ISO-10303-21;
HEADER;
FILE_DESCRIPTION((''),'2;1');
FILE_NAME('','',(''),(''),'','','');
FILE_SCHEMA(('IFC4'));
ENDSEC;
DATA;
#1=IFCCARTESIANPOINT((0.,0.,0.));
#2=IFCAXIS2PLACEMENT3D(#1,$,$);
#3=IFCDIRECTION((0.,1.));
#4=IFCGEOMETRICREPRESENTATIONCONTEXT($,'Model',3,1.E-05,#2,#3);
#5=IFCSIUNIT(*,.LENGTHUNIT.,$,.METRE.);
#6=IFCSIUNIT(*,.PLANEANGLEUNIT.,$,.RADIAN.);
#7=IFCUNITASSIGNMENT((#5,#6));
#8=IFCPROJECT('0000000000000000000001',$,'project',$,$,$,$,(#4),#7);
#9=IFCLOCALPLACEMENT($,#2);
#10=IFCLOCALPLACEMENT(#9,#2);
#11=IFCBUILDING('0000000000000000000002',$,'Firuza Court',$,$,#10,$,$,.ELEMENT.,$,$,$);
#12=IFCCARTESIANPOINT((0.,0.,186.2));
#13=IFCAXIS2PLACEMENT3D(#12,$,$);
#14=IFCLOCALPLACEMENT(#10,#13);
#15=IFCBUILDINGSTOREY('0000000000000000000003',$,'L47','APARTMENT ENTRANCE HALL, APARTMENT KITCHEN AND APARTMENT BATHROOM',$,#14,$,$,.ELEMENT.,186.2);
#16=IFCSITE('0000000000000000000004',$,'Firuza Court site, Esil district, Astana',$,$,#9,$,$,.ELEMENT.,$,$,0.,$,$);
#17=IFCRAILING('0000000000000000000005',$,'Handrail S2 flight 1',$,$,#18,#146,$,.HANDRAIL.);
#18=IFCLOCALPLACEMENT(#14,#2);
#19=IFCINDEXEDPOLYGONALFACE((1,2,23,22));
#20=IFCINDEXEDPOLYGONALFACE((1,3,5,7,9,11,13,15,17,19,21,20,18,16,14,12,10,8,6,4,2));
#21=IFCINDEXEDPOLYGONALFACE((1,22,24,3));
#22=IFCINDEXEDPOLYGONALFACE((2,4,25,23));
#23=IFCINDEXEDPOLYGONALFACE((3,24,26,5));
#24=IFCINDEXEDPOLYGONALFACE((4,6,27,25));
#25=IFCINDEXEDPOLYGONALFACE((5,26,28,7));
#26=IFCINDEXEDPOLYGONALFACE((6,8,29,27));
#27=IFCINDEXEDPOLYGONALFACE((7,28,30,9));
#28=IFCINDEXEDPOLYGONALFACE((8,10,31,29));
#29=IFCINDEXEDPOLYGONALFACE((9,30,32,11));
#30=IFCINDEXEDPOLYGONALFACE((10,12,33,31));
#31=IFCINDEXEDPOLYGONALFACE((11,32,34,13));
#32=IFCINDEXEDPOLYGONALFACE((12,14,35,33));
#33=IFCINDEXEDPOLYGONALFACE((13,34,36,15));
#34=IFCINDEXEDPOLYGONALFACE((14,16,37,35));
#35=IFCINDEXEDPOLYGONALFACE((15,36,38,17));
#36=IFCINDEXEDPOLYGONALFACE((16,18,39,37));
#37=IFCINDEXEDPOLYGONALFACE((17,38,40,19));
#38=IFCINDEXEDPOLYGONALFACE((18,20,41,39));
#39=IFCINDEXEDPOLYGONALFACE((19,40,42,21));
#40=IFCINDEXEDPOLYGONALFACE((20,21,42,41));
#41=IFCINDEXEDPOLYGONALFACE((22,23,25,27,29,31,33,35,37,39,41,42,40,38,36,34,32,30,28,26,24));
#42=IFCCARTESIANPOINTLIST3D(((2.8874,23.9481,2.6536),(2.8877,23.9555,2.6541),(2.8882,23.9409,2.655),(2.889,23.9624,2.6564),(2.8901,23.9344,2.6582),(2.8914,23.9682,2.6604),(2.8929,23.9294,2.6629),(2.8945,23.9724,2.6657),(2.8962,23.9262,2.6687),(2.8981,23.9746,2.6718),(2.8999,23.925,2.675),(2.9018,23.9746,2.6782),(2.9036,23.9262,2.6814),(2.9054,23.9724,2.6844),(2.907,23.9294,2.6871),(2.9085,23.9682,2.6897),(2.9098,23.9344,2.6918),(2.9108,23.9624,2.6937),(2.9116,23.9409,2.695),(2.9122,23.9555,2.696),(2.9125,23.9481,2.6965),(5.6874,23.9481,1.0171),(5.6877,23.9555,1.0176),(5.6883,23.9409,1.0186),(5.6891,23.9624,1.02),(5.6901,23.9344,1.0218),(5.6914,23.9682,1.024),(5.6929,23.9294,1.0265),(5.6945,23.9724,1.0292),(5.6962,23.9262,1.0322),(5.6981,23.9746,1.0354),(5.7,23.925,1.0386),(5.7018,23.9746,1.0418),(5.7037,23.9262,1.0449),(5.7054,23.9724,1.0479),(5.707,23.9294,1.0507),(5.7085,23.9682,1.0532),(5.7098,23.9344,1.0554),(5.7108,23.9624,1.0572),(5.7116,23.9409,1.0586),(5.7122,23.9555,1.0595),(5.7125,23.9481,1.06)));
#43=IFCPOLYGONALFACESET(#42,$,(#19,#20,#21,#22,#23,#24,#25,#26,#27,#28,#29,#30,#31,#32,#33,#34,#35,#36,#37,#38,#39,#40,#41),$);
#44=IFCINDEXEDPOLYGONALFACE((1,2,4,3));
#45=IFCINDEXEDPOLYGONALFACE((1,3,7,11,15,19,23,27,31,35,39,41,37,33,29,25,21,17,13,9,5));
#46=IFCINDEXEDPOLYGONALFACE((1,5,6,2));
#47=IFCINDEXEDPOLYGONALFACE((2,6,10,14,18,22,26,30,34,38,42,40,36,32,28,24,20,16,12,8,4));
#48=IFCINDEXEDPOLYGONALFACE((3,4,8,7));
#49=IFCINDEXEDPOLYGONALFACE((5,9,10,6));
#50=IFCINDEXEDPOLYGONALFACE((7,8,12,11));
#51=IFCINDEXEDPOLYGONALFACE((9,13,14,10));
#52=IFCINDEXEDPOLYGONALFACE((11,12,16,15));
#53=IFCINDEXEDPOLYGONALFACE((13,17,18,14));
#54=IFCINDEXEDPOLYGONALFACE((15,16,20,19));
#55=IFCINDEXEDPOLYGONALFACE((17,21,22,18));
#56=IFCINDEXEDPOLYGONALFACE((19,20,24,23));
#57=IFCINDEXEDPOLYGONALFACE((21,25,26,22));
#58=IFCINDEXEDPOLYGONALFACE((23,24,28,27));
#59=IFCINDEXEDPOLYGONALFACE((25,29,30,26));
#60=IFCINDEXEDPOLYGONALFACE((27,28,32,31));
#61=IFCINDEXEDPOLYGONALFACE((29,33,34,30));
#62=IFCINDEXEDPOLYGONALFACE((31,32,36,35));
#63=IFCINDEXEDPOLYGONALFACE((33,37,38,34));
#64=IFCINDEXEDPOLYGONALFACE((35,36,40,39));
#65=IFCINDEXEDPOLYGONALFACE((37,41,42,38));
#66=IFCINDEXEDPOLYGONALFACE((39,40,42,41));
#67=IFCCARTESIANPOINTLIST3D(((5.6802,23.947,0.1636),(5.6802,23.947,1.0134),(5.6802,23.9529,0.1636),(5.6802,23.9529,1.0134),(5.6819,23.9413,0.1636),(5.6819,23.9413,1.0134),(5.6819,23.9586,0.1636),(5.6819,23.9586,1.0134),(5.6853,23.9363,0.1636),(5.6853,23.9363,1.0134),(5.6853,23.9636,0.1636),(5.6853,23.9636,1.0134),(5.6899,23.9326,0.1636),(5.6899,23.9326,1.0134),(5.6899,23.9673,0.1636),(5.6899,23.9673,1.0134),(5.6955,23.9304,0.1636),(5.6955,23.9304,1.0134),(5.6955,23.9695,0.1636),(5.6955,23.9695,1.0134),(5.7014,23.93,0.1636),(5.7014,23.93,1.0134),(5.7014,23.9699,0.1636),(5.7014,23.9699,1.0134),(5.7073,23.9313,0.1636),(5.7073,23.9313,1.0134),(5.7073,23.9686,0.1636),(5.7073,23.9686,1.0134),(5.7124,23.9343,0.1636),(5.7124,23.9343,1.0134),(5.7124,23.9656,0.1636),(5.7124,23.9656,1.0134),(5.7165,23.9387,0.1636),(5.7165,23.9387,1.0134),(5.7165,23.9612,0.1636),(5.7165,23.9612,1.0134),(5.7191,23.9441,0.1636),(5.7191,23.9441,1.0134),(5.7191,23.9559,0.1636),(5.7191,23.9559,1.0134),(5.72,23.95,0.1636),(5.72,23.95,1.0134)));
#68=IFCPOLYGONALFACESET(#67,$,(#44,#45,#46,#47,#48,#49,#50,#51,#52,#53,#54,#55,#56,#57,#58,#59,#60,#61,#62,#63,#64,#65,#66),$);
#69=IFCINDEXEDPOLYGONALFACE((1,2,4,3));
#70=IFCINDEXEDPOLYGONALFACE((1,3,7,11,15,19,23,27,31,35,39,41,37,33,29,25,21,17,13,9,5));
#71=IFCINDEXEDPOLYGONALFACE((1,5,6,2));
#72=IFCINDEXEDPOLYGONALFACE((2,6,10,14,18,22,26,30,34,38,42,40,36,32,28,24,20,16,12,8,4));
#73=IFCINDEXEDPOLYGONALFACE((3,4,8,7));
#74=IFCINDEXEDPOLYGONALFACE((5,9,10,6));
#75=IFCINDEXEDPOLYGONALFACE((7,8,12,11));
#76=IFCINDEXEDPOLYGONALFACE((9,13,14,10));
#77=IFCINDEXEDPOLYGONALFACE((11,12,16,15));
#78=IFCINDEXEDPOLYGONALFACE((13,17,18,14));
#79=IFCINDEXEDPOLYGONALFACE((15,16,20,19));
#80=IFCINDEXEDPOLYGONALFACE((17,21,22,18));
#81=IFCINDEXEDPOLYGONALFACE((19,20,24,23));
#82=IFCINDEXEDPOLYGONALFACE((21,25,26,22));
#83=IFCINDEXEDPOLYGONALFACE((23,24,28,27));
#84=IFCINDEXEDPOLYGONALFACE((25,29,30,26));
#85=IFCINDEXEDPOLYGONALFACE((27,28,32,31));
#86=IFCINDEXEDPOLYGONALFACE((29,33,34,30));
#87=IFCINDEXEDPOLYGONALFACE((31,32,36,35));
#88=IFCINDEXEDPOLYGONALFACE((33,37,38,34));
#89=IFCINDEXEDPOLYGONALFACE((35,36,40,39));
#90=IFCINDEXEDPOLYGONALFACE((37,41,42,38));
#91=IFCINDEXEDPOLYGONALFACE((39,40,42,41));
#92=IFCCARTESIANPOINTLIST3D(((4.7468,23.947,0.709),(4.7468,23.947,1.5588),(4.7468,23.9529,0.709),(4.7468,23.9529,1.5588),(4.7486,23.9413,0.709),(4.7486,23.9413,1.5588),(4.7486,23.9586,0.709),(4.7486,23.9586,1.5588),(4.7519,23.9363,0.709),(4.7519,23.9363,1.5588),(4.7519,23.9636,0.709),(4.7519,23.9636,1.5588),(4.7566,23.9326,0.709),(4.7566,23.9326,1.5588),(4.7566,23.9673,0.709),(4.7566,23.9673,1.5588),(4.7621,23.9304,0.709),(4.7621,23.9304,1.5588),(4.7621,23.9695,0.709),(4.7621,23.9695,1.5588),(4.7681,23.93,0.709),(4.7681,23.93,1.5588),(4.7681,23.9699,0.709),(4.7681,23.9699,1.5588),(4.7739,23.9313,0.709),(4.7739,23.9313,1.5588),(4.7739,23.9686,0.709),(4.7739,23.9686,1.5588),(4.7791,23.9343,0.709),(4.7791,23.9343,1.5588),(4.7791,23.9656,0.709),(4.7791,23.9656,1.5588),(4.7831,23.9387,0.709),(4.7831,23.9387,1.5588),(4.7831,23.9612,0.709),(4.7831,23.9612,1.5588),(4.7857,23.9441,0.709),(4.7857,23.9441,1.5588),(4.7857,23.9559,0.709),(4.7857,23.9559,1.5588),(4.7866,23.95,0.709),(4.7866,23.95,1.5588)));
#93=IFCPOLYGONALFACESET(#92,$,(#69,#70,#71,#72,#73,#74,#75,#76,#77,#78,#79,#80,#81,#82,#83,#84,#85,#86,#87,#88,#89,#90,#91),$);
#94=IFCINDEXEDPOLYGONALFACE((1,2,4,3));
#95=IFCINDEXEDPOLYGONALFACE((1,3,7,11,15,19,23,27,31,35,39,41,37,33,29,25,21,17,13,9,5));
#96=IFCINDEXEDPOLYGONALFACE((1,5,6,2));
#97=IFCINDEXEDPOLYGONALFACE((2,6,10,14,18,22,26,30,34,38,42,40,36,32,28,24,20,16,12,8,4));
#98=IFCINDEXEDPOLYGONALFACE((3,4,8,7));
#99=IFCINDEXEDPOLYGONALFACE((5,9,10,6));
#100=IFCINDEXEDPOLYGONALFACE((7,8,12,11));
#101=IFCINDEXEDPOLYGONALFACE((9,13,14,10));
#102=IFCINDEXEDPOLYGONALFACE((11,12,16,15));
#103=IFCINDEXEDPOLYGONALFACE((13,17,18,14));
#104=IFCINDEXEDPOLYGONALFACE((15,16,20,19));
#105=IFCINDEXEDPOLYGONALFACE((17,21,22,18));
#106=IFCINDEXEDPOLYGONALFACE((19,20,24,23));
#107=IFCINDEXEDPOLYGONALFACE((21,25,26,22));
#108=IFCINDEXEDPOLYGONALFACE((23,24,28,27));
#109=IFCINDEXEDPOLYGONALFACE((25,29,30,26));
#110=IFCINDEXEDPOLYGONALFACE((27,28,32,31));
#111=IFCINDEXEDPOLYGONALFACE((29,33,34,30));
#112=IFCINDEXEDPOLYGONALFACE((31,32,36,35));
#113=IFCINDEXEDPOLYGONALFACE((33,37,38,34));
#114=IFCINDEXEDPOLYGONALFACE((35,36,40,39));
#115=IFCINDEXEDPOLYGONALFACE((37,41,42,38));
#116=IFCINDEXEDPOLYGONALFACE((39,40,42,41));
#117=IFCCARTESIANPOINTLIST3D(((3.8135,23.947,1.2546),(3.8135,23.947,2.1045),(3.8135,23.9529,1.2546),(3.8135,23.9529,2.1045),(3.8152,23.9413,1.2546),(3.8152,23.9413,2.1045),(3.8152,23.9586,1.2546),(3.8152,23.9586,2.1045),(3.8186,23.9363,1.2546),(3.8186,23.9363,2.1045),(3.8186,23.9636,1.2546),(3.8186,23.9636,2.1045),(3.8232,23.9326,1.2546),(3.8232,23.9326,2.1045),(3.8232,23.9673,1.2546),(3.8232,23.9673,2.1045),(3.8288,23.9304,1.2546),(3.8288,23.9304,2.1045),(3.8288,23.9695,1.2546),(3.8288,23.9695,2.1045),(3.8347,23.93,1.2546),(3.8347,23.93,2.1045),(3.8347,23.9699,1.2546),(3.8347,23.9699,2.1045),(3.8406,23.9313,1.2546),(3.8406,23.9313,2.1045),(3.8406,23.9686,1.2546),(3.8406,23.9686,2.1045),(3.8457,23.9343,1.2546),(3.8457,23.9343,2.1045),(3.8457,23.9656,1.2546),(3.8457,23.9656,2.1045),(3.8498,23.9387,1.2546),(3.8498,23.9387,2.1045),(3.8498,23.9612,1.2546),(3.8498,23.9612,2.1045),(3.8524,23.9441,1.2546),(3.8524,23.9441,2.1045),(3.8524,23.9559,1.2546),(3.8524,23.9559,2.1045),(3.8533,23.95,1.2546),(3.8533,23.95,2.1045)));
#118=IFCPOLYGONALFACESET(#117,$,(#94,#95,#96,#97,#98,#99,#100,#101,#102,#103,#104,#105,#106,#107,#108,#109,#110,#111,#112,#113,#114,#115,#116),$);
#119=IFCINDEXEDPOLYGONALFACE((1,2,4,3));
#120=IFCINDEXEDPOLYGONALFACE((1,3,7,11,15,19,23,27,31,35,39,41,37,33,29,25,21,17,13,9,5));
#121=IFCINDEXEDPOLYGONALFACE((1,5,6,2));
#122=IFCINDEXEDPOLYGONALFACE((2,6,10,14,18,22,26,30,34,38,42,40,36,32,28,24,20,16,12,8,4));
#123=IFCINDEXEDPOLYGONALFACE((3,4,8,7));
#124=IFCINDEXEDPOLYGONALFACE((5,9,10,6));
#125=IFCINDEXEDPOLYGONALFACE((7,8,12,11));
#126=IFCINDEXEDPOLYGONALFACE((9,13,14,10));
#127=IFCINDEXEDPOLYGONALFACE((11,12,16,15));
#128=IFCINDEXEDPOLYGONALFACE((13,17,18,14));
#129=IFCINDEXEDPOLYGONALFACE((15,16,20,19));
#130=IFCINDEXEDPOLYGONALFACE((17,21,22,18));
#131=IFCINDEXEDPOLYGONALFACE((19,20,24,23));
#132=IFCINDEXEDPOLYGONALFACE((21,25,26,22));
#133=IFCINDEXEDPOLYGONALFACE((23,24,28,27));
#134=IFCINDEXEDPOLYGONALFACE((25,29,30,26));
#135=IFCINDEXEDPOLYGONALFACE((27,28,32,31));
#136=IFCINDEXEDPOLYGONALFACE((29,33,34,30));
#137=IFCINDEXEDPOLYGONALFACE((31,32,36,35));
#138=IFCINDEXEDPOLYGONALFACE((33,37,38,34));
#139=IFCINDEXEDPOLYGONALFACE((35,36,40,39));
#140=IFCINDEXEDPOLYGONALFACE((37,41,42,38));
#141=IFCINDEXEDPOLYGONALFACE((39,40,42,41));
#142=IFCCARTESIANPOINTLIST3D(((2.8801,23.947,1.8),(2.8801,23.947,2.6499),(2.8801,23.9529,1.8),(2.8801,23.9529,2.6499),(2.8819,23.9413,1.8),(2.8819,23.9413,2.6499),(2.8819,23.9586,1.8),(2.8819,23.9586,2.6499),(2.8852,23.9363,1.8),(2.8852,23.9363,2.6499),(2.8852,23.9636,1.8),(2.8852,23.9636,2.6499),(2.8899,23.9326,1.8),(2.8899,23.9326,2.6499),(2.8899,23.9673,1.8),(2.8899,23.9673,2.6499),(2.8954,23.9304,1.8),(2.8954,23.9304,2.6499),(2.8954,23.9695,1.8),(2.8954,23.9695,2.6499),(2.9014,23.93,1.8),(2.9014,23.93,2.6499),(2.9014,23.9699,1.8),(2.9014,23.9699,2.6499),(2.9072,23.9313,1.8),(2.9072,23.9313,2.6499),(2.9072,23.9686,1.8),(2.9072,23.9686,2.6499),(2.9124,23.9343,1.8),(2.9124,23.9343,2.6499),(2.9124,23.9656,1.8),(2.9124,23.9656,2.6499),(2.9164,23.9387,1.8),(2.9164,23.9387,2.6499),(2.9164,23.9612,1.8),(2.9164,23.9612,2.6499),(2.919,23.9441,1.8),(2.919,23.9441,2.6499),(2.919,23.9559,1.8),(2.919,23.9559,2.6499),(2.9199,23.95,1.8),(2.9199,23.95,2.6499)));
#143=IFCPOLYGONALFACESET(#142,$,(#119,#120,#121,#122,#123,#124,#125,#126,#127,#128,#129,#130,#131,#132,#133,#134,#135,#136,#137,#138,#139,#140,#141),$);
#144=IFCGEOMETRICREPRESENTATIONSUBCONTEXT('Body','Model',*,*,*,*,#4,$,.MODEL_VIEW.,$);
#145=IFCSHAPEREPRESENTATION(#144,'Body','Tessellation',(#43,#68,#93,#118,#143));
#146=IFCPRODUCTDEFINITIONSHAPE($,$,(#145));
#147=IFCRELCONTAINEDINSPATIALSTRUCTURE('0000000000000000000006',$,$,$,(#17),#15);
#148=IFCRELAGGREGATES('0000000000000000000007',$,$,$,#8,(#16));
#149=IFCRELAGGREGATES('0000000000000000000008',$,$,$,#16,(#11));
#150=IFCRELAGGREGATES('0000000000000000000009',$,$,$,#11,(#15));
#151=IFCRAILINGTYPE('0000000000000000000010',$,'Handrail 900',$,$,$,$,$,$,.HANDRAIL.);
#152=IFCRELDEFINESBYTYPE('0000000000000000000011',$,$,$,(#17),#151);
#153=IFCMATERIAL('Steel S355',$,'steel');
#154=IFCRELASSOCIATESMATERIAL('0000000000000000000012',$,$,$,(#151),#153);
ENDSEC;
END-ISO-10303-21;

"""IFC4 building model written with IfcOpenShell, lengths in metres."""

from ifc_helpers import new_model, si_unit, direction, frame, origin, origin_2d, place, context, subcontext, project, spatial, circle, extrude, material, type_object, element, save


model = new_model("IFC4")

# Units and contexts
model_context = context("Model", 3, precision=1e-05, world=origin(), true_north=direction((0.0, 1.0)))
body_context = subcontext(model_context, "Body", "Model", "MODEL_VIEW")
ifc_project = project(units=[si_unit("LENGTHUNIT", "METRE"), si_unit("PLANEANGLEUNIT", "RADIAN")], contexts=[model_context])

# Site, building, storey
site_placement = place(None, origin())
site = spatial("IfcSite", under=ifc_project, at=site_placement, Name="Firuza Court site, Esil district, Astana", CompositionType="ELEMENT", RefElevation=0.0)
building_placement = place(site_placement, origin())
building = spatial("IfcBuilding", under=site, at=building_placement, Name="Firuza Court", CompositionType="ELEMENT")
storey_placement = place(building_placement, frame((0.0, 0.0, 186.2)))
storey = spatial("IfcBuildingStorey", under=building, at=storey_placement, Name="L47", Description="APARTMENT ENTRANCE HALL, APARTMENT KITCHEN AND APARTMENT BATHROOM", CompositionType="ELEMENT", Elevation=186.2)

# Railing
ifc_material_1 = material(Name="Steel S355", Category="steel")
railing_type_1 = type_object("IfcRailingType", Name="Handrail 900", PredefinedType="HANDRAIL", material=ifc_material_1)
railing_1_placement = place(storey_placement, frame((5.7, 23.95, 0.1636)))
element("IfcRailing", 1, at=railing_1_placement, inside=storey, type_object=railing_type_1, Name="Handrail S2 flight 1", PredefinedType="HANDRAIL", context=body_context, shape_type="SweptSolid", body=[
    extrude(circle(Radius=0.0249, at=origin_2d()), frame((0.0, 0.0, 0.875), z_axis=(-0.863361, 0.0, 0.504587), x_axis=(0.0, -1.0, 0.0)), (0.0, 0.0, 1.0), 3.2432),
    extrude(circle(Radius=0.02, at=origin_2d()), origin(), (0.0, 0.0, 1.0), 0.8499),
    extrude(circle(Radius=0.02, at=origin_2d()), frame((-0.9333, 0.0, 0.5454)), (0.0, 0.0, 1.0), 0.8499),
    extrude(circle(Radius=0.02, at=origin_2d()), frame((-1.8667, 0.0, 1.0911)), (0.0, 0.0, 1.0), 0.8499),
    extrude(circle(Radius=0.02, at=origin_2d()), frame((-2.8, 0.0, 1.6365)), (0.0, 0.0, 1.0), 0.8499),
])

save(model, "model.ifc")
